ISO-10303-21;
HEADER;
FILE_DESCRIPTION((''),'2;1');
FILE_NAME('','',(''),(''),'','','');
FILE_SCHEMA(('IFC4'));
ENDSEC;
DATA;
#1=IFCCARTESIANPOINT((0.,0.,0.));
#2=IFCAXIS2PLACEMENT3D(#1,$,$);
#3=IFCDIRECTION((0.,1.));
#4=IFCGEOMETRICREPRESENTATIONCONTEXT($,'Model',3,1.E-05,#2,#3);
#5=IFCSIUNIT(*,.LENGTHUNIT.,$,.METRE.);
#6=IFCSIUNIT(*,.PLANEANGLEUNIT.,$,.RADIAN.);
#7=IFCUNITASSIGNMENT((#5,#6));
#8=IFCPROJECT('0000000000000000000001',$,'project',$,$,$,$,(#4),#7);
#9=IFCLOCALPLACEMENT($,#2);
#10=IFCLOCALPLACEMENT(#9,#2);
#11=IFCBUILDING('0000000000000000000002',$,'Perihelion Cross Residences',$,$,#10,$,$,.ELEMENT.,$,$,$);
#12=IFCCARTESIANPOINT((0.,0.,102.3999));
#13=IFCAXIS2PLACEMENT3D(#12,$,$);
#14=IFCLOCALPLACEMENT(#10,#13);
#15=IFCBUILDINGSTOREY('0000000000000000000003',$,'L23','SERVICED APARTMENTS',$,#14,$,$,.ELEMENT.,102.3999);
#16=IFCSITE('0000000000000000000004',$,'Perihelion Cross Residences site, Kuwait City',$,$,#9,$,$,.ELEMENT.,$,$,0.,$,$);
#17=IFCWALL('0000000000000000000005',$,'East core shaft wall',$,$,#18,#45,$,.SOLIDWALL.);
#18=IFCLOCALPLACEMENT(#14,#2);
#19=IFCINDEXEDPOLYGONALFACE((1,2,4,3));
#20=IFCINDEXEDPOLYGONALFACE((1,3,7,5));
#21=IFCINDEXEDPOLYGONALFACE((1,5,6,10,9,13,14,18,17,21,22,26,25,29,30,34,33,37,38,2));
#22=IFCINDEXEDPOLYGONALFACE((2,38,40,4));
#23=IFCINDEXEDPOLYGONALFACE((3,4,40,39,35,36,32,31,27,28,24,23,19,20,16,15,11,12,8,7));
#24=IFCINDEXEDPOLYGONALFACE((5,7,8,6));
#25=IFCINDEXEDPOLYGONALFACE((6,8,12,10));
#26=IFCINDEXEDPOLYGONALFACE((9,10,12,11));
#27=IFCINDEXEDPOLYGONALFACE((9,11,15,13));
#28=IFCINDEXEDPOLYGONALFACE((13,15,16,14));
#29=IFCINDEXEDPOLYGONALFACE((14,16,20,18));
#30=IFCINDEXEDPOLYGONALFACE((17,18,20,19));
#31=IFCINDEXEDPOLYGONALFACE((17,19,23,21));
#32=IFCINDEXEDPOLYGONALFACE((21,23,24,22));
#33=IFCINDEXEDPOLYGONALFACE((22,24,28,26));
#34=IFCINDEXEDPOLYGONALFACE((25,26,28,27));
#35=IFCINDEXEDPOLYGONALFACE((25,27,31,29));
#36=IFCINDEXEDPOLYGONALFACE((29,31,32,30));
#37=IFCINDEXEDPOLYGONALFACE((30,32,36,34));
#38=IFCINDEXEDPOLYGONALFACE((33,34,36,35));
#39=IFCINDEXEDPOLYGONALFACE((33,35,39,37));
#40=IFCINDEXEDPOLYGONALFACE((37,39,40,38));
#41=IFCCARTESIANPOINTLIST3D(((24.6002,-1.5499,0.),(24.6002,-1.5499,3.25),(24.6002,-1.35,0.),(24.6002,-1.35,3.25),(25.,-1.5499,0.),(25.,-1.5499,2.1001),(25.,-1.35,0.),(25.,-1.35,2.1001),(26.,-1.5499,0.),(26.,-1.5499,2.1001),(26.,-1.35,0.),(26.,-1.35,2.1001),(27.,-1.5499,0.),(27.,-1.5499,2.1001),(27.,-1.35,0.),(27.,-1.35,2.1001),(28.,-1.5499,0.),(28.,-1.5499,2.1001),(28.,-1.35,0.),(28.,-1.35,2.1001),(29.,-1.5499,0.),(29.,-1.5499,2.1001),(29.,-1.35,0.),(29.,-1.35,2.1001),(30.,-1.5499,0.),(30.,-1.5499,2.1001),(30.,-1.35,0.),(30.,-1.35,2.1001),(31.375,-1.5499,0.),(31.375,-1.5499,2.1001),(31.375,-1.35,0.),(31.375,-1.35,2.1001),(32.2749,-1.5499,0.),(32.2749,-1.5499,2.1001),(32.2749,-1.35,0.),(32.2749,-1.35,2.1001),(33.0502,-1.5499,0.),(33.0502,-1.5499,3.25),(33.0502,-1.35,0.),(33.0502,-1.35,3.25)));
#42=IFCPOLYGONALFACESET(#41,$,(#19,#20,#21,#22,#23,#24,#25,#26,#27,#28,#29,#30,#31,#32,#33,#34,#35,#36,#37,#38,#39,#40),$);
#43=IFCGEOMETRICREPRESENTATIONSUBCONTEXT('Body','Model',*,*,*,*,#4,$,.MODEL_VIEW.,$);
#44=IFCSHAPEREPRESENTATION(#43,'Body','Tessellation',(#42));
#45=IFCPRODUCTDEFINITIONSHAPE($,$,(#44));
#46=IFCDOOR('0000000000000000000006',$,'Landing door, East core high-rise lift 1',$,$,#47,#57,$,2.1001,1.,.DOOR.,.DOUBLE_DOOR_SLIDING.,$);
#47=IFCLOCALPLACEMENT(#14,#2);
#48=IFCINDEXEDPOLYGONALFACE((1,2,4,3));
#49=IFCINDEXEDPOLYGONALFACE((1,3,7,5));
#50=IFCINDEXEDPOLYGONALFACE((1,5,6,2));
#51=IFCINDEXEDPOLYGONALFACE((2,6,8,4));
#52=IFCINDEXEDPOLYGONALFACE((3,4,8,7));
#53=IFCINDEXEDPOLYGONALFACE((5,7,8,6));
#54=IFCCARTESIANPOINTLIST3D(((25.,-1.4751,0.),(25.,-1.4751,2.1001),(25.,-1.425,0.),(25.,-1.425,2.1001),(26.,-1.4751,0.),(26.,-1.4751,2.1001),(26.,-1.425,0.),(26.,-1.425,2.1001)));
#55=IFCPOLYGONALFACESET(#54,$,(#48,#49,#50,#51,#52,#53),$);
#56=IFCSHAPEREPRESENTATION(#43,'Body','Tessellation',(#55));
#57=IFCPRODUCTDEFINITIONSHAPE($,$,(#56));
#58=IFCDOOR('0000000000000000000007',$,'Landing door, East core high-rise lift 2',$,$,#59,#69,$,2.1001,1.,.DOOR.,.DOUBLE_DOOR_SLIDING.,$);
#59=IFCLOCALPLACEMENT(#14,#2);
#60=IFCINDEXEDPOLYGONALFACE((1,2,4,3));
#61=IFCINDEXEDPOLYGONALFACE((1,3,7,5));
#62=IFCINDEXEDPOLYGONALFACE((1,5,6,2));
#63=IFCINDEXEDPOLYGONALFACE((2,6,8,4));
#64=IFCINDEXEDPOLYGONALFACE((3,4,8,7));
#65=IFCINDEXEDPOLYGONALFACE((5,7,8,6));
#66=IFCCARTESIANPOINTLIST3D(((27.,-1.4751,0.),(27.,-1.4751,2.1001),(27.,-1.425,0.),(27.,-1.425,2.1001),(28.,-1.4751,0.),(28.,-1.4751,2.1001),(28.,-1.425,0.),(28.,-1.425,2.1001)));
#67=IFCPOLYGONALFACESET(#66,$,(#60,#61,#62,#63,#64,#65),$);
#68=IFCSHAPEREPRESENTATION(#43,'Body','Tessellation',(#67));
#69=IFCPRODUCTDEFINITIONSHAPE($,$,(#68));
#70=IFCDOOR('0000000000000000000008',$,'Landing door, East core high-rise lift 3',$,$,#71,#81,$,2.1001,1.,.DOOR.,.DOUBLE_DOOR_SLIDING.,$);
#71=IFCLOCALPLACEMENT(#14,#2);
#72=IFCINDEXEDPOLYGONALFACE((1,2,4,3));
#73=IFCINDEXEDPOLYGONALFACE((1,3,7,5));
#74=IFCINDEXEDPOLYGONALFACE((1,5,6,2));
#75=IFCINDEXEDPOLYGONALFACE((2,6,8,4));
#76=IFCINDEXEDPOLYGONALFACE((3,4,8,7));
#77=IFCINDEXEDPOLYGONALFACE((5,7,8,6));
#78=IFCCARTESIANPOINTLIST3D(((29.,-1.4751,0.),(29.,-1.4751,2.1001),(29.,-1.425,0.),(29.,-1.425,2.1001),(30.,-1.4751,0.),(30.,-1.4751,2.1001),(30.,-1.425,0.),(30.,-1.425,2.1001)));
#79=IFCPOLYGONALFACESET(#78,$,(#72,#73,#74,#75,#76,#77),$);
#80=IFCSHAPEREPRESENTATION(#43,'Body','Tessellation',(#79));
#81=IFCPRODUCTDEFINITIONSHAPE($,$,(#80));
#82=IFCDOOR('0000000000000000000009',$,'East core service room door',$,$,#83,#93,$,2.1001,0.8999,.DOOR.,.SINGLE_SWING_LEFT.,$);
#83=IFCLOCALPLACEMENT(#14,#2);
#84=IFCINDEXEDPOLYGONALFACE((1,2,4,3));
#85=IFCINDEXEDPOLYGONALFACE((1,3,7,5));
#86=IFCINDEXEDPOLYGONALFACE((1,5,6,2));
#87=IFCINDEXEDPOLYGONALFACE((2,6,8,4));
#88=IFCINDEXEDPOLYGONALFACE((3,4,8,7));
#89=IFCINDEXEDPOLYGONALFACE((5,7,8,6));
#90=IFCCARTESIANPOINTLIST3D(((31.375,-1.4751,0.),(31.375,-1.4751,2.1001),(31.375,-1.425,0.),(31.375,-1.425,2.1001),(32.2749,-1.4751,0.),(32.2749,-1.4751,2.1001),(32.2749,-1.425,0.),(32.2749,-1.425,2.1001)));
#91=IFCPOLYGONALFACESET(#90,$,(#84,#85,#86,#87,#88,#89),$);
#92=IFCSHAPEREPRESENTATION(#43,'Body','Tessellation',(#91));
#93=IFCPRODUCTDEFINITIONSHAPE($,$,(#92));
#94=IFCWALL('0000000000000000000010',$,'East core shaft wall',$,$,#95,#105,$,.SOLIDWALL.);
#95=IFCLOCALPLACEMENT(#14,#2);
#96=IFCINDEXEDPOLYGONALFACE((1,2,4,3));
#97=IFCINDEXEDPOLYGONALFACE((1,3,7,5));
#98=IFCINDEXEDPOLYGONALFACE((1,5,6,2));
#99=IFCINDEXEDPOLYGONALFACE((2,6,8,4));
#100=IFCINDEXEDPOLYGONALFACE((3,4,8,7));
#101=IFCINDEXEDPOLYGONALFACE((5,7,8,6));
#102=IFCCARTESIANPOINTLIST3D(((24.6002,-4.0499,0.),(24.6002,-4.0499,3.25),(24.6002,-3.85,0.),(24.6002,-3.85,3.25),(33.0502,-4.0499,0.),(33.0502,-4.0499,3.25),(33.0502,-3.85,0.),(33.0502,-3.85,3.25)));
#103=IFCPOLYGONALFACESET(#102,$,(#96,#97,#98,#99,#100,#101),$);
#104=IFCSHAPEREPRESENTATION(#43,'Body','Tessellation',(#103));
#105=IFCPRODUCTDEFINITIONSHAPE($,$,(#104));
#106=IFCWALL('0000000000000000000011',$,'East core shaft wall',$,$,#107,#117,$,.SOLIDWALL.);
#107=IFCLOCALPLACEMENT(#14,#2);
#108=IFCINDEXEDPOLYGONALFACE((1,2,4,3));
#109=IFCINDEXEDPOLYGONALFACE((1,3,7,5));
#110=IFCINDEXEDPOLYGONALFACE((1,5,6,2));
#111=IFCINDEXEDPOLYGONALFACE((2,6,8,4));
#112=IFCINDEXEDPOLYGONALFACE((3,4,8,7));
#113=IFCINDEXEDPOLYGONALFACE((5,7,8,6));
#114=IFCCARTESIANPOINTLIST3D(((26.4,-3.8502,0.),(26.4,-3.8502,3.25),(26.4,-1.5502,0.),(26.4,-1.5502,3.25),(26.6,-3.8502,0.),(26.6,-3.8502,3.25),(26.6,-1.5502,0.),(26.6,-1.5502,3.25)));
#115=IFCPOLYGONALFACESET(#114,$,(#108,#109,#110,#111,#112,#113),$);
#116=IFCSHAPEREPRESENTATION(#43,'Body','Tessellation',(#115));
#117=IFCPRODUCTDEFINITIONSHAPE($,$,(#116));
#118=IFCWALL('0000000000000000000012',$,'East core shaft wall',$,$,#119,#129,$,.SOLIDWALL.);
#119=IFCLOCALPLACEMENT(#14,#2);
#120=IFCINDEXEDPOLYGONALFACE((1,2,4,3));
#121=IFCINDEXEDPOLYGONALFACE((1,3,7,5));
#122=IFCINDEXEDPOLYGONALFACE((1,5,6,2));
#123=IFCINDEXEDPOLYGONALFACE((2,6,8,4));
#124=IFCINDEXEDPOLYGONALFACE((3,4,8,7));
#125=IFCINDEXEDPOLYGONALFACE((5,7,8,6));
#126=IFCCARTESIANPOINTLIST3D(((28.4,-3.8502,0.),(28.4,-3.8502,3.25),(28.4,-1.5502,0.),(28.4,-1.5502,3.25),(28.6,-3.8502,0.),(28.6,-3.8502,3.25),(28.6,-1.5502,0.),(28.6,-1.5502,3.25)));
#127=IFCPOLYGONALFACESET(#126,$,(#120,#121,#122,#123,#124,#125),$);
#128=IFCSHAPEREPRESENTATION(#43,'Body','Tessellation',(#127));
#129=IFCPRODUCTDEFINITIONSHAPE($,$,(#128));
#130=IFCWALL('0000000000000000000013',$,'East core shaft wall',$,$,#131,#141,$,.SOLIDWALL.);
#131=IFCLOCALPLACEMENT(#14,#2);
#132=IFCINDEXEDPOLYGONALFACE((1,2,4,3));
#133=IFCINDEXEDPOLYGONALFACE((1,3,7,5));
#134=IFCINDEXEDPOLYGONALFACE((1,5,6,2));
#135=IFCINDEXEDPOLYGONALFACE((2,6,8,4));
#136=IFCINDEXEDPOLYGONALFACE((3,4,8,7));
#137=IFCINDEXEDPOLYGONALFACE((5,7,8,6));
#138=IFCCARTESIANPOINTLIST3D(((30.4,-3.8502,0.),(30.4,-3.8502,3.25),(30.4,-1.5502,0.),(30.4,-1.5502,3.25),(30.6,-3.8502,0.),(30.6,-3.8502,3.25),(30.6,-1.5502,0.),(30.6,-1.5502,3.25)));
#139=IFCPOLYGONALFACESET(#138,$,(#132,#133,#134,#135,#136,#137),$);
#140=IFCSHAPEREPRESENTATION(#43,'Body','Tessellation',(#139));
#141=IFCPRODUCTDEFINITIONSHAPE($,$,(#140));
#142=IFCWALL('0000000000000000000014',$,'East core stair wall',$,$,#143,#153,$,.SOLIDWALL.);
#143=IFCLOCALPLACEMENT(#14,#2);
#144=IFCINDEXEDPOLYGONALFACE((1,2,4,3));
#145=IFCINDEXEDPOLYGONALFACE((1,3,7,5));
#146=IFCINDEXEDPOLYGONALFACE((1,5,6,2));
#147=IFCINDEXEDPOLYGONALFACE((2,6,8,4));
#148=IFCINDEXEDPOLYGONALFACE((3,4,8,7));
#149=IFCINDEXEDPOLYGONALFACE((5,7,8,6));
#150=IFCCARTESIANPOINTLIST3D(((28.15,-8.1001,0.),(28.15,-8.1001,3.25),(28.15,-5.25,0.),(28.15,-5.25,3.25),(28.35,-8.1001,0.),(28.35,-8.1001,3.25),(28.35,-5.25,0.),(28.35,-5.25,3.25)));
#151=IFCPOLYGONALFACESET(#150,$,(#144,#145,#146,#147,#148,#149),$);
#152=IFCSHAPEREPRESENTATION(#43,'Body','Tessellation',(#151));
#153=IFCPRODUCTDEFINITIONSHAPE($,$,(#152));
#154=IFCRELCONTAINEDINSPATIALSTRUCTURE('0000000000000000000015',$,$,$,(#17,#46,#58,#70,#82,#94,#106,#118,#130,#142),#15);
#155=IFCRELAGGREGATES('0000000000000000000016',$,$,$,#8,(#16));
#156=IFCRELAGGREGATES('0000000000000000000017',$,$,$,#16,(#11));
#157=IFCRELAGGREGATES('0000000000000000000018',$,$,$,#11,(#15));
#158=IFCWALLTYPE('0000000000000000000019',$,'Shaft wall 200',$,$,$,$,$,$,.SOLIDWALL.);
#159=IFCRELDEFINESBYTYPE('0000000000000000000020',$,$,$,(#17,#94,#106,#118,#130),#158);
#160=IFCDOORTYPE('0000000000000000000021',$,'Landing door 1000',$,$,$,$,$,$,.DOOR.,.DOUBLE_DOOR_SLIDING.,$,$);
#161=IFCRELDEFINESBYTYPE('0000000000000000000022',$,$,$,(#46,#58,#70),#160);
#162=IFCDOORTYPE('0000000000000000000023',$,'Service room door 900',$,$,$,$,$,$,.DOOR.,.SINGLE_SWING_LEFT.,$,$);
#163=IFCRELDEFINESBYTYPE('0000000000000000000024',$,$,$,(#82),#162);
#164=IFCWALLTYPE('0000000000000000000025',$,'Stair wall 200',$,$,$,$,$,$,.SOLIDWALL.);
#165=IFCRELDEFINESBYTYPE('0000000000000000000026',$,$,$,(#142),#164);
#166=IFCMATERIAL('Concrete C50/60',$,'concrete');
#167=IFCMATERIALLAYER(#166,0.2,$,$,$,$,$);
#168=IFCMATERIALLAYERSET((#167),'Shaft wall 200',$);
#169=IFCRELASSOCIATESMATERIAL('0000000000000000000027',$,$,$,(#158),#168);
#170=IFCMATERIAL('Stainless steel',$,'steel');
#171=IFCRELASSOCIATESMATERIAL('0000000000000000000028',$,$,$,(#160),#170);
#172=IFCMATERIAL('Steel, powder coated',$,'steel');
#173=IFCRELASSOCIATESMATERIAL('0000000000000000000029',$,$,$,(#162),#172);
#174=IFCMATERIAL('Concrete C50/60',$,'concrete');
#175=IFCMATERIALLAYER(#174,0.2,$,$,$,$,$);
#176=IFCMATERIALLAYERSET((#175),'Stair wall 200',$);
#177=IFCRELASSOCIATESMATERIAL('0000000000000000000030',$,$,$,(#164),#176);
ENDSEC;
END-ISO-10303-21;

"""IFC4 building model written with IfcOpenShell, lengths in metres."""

from ifc_helpers import new_model, si_unit, direction, frame, frame_2d, origin, place, context, subcontext, project, spatial, rectangle, extrude, material, layer, layer_set, type_object, element, fill, save


model = new_model("IFC4")

# Units and contexts
model_context = context("Model", 3, precision=1e-05, world=origin(), true_north=direction((0.0, 1.0)))
body_context = subcontext(model_context, "Body", "Model", "MODEL_VIEW")
ifc_project = project(units=[si_unit("LENGTHUNIT", "METRE"), si_unit("PLANEANGLEUNIT", "RADIAN")], contexts=[model_context])

# Site, building, storey
site_placement = place(None, origin())
site = spatial("IfcSite", under=ifc_project, at=site_placement, Name="Perihelion Cross Residences site, Kuwait City", CompositionType="ELEMENT", RefElevation=0.0)
building_placement = place(site_placement, origin())
building = spatial("IfcBuilding", under=site, at=building_placement, Name="Perihelion Cross Residences", CompositionType="ELEMENT")
storey_placement = place(building_placement, frame((0.0, 0.0, 102.3999)))
storey = spatial("IfcBuildingStorey", under=building, at=storey_placement, Name="L23", Description="SERVICED APARTMENTS", CompositionType="ELEMENT", Elevation=102.3999)

# Wall, openings, doors
ifc_material_1 = material(Name="Concrete C50/60", Category="concrete")
ifc_layer_1 = layer(ifc_material_1, 0.2)
ifc_layer_set_1 = layer_set([ifc_layer_1], Name="Shaft wall 200")
wall_type_1 = type_object("IfcWallType", Name="Shaft wall 200", PredefinedType="SOLIDWALL", material=ifc_layer_set_1)
wall_1_placement = place(storey_placement, frame((24.6001, -1.45, 0.0), z_axis=(0.0, 0.0, 1.0), x_axis=(1.0, 0.0, 0.0)))
wall_1 = element("IfcWall", 1, at=wall_1_placement, inside=storey, type_object=wall_type_1, Name="East core shaft wall", PredefinedType="SOLIDWALL", context=body_context, shape_type="SweptSolid", body=[
    extrude(rectangle(XDim=8.45, YDim=0.2, at=frame_2d((4.2251, 0.0))), origin(), (0.0, 0.0, 1.0), 3.25),
])
opening_1_placement = place(wall_1_placement, frame((0.3999, 0.0, 0.0)))
opening_1 = element("IfcOpeningElement", 2, at=opening_1_placement, cuts=wall_1, PredefinedType="OPENING", context=body_context, shape_type="SweptSolid", body=[
    extrude(rectangle(XDim=1.0, YDim=2.1001, at=frame_2d((0.5, 1.05))), frame((0.0, 0.1099, 0.0), z_axis=(0.0, -1.0, 0.0), x_axis=(1.0, 0.0, 0.0)), (0.0, 0.0, 1.0), 0.22),
])
opening_2_placement = place(wall_1_placement, frame((2.3999, 0.0, 0.0)))
opening_2 = element("IfcOpeningElement", 3, at=opening_2_placement, cuts=wall_1, PredefinedType="OPENING", context=body_context, shape_type="SweptSolid", body=[
    extrude(rectangle(XDim=1.0, YDim=2.1001, at=frame_2d((0.5, 1.05))), frame((0.0, 0.1099, 0.0), z_axis=(0.0, -1.0, 0.0), x_axis=(1.0, 0.0, 0.0)), (0.0, 0.0, 1.0), 0.22),
])
opening_3_placement = place(wall_1_placement, frame((4.3999, 0.0, 0.0)))
opening_3 = element("IfcOpeningElement", 4, at=opening_3_placement, cuts=wall_1, PredefinedType="OPENING", context=body_context, shape_type="SweptSolid", body=[
    extrude(rectangle(XDim=1.0, YDim=2.1001, at=frame_2d((0.5, 1.05))), frame((0.0, 0.1099, 0.0), z_axis=(0.0, -1.0, 0.0), x_axis=(1.0, 0.0, 0.0)), (0.0, 0.0, 1.0), 0.22),
])
opening_4_placement = place(wall_1_placement, frame((6.7749, 0.0, 0.0)))
opening_4 = element("IfcOpeningElement", 5, at=opening_4_placement, cuts=wall_1, PredefinedType="OPENING", context=body_context, shape_type="SweptSolid", body=[
    extrude(rectangle(XDim=0.8999, YDim=2.1001, at=frame_2d((0.45, 1.05))), frame((0.0, 0.1099, 0.0), z_axis=(0.0, -1.0, 0.0), x_axis=(1.0, 0.0, 0.0)), (0.0, 0.0, 1.0), 0.22),
])
ifc_material_2 = material(Name="Stainless steel", Category="steel")
door_type_1 = type_object("IfcDoorType", Name="Landing door 1000", OperationType="DOUBLE_DOOR_SLIDING", PredefinedType="DOOR", material=ifc_material_2)
door_1_placement = place(opening_1_placement, origin())
door_1 = element("IfcDoor", 6, at=door_1_placement, inside=storey, type_object=door_type_1, Name="Landing door, East core high-rise lift 1", OperationType="DOUBLE_DOOR_SLIDING", OverallHeight=2.1001, OverallWidth=1.0, PredefinedType="DOOR", context=body_context, shape_type="SweptSolid", body=[
    extrude(rectangle(XDim=1.0, YDim=2.1001, at=frame_2d((0.5, 1.05))), frame((0.0, 0.0249, 0.0), z_axis=(0.0, -1.0, 0.0), x_axis=(1.0, 0.0, 0.0)), (0.0, 0.0, 1.0), 0.05),
])
fill(opening_1, door_1)
door_2_placement = place(opening_2_placement, origin())
door_2 = element("IfcDoor", 7, at=door_2_placement, inside=storey, type_object=door_type_1, Name="Landing door, East core high-rise lift 2", OperationType="DOUBLE_DOOR_SLIDING", OverallHeight=2.1001, OverallWidth=1.0, PredefinedType="DOOR", context=body_context, shape_type="SweptSolid", body=[
    extrude(rectangle(XDim=1.0, YDim=2.1001, at=frame_2d((0.5, 1.05))), frame((0.0, 0.0249, 0.0), z_axis=(0.0, -1.0, 0.0), x_axis=(1.0, 0.0, 0.0)), (0.0, 0.0, 1.0), 0.05),
])
fill(opening_2, door_2)
door_3_placement = place(opening_3_placement, origin())
door_3 = element("IfcDoor", 8, at=door_3_placement, inside=storey, type_object=door_type_1, Name="Landing door, East core high-rise lift 3", OperationType="DOUBLE_DOOR_SLIDING", OverallHeight=2.1001, OverallWidth=1.0, PredefinedType="DOOR", context=body_context, shape_type="SweptSolid", body=[
    extrude(rectangle(XDim=1.0, YDim=2.1001, at=frame_2d((0.5, 1.05))), frame((0.0, 0.0249, 0.0), z_axis=(0.0, -1.0, 0.0), x_axis=(1.0, 0.0, 0.0)), (0.0, 0.0, 1.0), 0.05),
])
fill(opening_3, door_3)
ifc_material_3 = material(Name="Steel, powder coated", Category="steel")
door_type_2 = type_object("IfcDoorType", Name="Service room door 900", OperationType="SINGLE_SWING_LEFT", PredefinedType="DOOR", material=ifc_material_3)
door_4_placement = place(opening_4_placement, origin())
door_4 = element("IfcDoor", 9, at=door_4_placement, inside=storey, type_object=door_type_2, Name="East core service room door", OperationType="SINGLE_SWING_LEFT", OverallHeight=2.1001, OverallWidth=0.8999, PredefinedType="DOOR", context=body_context, shape_type="SweptSolid", body=[
    extrude(rectangle(XDim=0.8999, YDim=2.1001, at=frame_2d((0.45, 1.05))), frame((0.0, 0.0249, 0.0), z_axis=(0.0, -1.0, 0.0), x_axis=(1.0, 0.0, 0.0)), (0.0, 0.0, 1.0), 0.05),
])
fill(opening_4, door_4)

# Walls
wall_2_placement = place(storey_placement, frame((24.6001, -3.95, 0.0), z_axis=(0.0, 0.0, 1.0), x_axis=(1.0, 0.0, 0.0)))
element("IfcWall", 10, at=wall_2_placement, inside=storey, type_object=wall_type_1, Name="East core shaft wall", PredefinedType="SOLIDWALL", context=body_context, shape_type="SweptSolid", body=[
    extrude(rectangle(XDim=8.45, YDim=0.2, at=frame_2d((4.2251, 0.0))), origin(), (0.0, 0.0, 1.0), 3.25),
])
for number, where, z_axis, x_axis, name in (
    (11, (26.5, -3.8501, 0.0), (0.0, 0.0, 1.0), (0.0, 1.0, 0.0), "East core shaft wall"),
    (12, (28.5, -3.8501, 0.0), (0.0, 0.0, 1.0), (0.0, 1.0, 0.0), "East core shaft wall"),
    (13, (30.5, -3.8501, 0.0), (0.0, 0.0, 1.0), (0.0, 1.0, 0.0), "East core shaft wall"),
):
    element("IfcWall", number, at=place(storey_placement, frame(where, z_axis=z_axis, x_axis=x_axis)), inside=storey, type_object=wall_type_1, Name=name, PredefinedType="SOLIDWALL", context=body_context, shape_type="SweptSolid", body=[
        extrude(rectangle(XDim=2.3, YDim=0.2, at=frame_2d((1.1499, 0.0))), origin(), (0.0, 0.0, 1.0), 3.25),
    ])
ifc_material_4 = material(Name="Concrete C50/60", Category="concrete")
ifc_layer_2 = layer(ifc_material_4, 0.2)
ifc_layer_set_2 = layer_set([ifc_layer_2], Name="Stair wall 200")
wall_type_2 = type_object("IfcWallType", Name="Stair wall 200", PredefinedType="SOLIDWALL", material=ifc_layer_set_2)
wall_3_placement = place(storey_placement, frame((28.25, -8.1001, 0.0), z_axis=(0.0, 0.0, 1.0), x_axis=(0.0, 1.0, 0.0)))
element("IfcWall", 14, at=wall_3_placement, inside=storey, type_object=wall_type_2, Name="East core stair wall", PredefinedType="SOLIDWALL", context=body_context, shape_type="SweptSolid", body=[
    extrude(rectangle(XDim=2.8501, YDim=0.2, at=frame_2d((1.425, 0.0))), origin(), (0.0, 0.0, 1.0), 3.25),
])

save(model, "model.ifc")
